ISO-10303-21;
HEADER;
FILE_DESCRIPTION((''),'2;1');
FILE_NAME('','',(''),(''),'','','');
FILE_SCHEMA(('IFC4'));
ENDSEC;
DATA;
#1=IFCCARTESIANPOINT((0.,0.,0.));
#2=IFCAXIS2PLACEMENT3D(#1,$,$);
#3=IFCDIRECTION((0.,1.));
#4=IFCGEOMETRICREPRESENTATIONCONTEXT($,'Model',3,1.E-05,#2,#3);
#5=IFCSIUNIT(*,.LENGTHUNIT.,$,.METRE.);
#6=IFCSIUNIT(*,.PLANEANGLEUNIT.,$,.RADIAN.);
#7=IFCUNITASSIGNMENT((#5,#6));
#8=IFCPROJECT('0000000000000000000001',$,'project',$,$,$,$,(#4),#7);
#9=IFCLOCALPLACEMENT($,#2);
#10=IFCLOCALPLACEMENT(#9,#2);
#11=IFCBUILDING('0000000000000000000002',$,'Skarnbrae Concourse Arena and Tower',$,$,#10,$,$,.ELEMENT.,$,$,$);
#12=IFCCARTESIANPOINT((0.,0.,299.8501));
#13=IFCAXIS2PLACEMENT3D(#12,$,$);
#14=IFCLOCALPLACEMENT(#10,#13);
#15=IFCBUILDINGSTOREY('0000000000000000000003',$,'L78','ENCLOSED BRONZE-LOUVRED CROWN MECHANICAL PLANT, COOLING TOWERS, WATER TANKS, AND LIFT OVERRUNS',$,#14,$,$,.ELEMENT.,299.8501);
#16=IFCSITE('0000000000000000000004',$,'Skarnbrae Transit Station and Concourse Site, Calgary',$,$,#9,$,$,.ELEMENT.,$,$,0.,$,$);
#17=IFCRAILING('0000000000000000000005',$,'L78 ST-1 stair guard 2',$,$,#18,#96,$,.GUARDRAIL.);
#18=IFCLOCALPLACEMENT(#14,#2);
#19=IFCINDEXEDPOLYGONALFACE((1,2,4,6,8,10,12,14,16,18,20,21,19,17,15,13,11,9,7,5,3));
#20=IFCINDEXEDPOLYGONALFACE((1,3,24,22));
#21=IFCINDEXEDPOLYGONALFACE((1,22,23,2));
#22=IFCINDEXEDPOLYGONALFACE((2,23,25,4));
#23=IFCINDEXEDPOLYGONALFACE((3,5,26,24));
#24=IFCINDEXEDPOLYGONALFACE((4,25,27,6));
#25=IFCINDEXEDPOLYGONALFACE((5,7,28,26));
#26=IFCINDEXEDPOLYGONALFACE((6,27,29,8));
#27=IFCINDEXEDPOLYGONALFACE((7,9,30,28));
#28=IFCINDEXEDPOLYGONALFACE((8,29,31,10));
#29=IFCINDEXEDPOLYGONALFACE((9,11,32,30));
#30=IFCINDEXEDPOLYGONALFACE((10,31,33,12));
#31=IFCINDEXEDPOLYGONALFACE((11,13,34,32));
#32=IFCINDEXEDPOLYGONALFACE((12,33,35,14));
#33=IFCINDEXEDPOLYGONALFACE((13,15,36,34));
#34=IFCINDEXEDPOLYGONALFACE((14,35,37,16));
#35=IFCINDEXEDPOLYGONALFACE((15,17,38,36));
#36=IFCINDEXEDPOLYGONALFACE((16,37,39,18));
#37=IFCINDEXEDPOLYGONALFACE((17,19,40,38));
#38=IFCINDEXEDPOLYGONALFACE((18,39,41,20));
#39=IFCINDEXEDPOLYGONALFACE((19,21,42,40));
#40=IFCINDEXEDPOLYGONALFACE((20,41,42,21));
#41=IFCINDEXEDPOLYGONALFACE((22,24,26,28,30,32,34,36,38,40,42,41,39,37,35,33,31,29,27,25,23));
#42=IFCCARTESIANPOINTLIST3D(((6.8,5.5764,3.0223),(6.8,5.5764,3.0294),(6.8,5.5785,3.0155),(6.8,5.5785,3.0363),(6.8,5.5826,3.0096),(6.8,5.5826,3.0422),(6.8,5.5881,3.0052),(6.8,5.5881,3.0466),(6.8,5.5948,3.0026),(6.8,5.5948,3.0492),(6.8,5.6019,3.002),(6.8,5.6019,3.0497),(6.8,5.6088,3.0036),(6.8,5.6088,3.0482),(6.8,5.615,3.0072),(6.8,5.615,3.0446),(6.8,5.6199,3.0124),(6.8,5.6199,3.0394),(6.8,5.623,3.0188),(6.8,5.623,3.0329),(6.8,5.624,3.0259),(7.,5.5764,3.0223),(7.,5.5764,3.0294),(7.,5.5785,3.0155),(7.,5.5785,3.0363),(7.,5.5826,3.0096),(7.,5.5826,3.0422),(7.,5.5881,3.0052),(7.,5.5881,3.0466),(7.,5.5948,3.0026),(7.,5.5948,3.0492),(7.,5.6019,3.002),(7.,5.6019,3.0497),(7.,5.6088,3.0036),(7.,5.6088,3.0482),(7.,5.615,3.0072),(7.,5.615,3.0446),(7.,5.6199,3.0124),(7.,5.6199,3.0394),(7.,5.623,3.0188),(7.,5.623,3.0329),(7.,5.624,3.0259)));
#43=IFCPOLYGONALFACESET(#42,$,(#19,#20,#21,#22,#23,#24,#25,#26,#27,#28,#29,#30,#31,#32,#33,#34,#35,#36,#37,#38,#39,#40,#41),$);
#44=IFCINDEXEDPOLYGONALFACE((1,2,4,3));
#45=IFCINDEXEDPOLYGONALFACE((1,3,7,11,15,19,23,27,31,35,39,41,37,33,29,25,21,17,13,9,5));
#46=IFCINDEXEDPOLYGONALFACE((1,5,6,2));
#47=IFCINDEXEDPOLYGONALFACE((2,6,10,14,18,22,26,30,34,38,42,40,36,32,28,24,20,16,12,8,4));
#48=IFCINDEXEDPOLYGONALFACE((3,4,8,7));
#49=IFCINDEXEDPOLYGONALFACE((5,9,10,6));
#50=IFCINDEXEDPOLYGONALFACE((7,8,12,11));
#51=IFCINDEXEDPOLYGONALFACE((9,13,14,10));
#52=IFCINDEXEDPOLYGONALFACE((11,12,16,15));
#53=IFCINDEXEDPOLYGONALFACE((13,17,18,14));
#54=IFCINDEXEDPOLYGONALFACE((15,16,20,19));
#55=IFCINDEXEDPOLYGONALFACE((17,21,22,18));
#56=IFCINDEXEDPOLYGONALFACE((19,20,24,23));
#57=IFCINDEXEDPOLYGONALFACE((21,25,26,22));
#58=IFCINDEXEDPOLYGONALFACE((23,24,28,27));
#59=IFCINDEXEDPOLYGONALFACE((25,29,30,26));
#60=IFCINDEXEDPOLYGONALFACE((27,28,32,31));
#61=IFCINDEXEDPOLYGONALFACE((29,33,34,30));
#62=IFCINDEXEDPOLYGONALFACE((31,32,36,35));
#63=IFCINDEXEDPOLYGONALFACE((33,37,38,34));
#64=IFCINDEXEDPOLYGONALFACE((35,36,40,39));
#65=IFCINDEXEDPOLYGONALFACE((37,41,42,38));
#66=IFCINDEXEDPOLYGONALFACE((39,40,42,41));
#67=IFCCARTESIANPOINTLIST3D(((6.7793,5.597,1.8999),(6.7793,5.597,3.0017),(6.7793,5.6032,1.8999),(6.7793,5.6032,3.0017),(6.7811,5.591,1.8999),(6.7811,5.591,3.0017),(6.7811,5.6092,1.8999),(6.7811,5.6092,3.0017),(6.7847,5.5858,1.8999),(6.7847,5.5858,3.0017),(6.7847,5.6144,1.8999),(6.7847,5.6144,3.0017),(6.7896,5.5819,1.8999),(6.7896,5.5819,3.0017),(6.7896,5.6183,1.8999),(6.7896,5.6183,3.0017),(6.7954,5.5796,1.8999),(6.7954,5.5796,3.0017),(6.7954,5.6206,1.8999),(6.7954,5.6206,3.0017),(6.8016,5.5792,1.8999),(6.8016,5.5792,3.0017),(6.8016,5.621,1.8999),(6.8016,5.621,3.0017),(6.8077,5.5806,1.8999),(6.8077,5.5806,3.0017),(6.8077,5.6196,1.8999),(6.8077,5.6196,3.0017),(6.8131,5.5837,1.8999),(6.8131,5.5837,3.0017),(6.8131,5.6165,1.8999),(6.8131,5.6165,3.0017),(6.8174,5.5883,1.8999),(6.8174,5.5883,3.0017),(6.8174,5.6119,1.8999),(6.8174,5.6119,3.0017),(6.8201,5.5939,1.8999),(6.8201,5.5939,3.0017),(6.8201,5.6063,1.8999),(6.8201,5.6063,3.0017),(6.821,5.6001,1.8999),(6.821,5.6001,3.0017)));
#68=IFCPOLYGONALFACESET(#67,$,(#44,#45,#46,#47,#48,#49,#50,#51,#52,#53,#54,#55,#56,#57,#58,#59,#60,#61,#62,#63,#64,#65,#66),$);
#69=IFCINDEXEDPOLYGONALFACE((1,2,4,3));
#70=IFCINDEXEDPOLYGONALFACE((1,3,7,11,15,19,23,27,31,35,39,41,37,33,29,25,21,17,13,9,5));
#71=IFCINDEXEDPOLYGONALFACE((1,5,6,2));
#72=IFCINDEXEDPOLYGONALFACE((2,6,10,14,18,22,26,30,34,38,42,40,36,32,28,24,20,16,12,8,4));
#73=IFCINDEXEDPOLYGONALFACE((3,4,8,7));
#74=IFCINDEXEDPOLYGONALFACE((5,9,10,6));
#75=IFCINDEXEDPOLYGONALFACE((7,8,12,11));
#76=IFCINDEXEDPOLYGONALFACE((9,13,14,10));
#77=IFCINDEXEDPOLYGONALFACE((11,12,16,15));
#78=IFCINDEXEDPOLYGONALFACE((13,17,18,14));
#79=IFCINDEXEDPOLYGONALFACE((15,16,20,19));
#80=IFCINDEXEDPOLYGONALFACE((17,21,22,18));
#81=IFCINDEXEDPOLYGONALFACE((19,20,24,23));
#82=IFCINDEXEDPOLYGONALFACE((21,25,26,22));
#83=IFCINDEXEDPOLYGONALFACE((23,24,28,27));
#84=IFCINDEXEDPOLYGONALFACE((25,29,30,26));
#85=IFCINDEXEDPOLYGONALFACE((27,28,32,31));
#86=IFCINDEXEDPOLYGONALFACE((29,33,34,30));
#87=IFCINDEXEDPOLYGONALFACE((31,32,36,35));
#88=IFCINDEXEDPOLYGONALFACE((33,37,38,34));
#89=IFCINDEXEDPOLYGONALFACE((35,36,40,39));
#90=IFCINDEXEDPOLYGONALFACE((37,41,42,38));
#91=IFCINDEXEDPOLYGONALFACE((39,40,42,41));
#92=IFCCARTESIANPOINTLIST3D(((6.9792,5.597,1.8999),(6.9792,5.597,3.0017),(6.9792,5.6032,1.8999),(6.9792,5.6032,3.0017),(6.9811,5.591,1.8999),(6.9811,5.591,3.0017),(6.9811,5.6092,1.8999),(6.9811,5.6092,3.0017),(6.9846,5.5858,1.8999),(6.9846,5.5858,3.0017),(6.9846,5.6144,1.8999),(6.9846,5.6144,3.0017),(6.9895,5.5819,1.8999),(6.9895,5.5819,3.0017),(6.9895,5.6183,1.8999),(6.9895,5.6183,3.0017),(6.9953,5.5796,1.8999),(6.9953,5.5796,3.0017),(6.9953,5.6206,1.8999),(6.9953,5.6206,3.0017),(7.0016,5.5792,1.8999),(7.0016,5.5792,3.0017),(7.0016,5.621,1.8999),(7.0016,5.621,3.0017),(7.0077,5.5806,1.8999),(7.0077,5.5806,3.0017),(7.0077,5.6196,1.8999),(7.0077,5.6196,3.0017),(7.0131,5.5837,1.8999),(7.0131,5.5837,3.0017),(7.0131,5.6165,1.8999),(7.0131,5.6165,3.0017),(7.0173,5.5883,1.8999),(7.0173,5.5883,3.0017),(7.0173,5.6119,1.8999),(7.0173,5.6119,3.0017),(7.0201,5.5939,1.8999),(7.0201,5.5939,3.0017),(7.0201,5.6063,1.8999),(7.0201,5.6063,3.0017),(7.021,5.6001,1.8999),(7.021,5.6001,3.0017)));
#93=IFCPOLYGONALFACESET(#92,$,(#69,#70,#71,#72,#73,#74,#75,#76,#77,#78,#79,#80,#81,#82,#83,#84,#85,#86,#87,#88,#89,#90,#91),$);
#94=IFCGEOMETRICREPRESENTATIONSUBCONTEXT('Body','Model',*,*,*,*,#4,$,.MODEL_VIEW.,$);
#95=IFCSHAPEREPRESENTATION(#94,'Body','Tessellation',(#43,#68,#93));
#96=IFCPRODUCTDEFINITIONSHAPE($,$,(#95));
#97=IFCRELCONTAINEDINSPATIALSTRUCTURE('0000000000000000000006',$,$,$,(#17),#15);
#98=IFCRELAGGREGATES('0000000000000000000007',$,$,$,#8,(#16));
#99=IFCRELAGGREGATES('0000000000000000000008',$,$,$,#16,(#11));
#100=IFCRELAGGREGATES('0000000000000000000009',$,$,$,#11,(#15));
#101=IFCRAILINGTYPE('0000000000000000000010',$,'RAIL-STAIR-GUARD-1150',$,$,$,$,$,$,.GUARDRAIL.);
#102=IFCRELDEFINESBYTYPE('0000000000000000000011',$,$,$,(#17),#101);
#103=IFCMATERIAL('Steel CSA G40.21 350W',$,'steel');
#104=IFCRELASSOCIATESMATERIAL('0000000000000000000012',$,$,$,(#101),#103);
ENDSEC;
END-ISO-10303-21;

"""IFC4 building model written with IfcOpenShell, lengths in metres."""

from ifc_helpers import new_model, si_unit, direction, frame, origin, origin_2d, place, context, subcontext, project, spatial, circle, extrude, material, type_object, element, save


model = new_model("IFC4")

# Units and contexts
model_context = context("Model", 3, precision=1e-05, world=origin(), true_north=direction((0.0, 1.0)))
body_context = subcontext(model_context, "Body", "Model", "MODEL_VIEW")
ifc_project = project(units=[si_unit("LENGTHUNIT", "METRE"), si_unit("PLANEANGLEUNIT", "RADIAN")], contexts=[model_context])

# Site, building, storey
site_placement = place(None, origin())
site = spatial("IfcSite", under=ifc_project, at=site_placement, Name="Skarnbrae Transit Station and Concourse Site, Calgary", CompositionType="ELEMENT", RefElevation=0.0)
building_placement = place(site_placement, origin())
building = spatial("IfcBuilding", under=site, at=building_placement, Name="Skarnbrae Concourse Arena and Tower", CompositionType="ELEMENT")
storey_placement = place(building_placement, frame((0.0, 0.0, 299.8501)))
storey = spatial("IfcBuildingStorey", under=building, at=storey_placement, Name="L78", Description="ENCLOSED BRONZE-LOUVRED CROWN MECHANICAL PLANT, COOLING TOWERS, WATER TANKS, AND LIFT OVERRUNS", CompositionType="ELEMENT", Elevation=299.8501)

# Shared definitions
ifc_material_1 = material(Name="Steel CSA G40.21 350W", Category="steel")

# Railing
railing_type_1 = type_object("IfcRailingType", Name="RAIL-STAIR-GUARD-1150", PredefinedType="GUARDRAIL", material=ifc_material_1)
railing_1_placement = place(storey_placement, frame((6.8, 5.6001, 1.8999)))
element("IfcRailing", 1, at=railing_1_placement, inside=storey, type_object=railing_type_1, Name="L78 ST-1 stair guard 2", PredefinedType="GUARDRAIL", context=body_context, shape_type="SweptSolid", body=[
    extrude(circle(Radius=0.0239, at=origin_2d()), frame((0.0, 0.0, 1.126), z_axis=(1.0, 0.0, 0.0), x_axis=(0.0, 1.0, 0.0)), (0.0, 0.0, 1.0), 0.2),
    extrude(circle(Radius=0.021, at=origin_2d()), origin(), (0.0, 0.0, 1.0), 1.1018),
    extrude(circle(Radius=0.021, at=origin_2d()), frame((0.2, 0.0, 0.0)), (0.0, 0.0, 1.0), 1.1018),
])

save(model, "model.ifc")
